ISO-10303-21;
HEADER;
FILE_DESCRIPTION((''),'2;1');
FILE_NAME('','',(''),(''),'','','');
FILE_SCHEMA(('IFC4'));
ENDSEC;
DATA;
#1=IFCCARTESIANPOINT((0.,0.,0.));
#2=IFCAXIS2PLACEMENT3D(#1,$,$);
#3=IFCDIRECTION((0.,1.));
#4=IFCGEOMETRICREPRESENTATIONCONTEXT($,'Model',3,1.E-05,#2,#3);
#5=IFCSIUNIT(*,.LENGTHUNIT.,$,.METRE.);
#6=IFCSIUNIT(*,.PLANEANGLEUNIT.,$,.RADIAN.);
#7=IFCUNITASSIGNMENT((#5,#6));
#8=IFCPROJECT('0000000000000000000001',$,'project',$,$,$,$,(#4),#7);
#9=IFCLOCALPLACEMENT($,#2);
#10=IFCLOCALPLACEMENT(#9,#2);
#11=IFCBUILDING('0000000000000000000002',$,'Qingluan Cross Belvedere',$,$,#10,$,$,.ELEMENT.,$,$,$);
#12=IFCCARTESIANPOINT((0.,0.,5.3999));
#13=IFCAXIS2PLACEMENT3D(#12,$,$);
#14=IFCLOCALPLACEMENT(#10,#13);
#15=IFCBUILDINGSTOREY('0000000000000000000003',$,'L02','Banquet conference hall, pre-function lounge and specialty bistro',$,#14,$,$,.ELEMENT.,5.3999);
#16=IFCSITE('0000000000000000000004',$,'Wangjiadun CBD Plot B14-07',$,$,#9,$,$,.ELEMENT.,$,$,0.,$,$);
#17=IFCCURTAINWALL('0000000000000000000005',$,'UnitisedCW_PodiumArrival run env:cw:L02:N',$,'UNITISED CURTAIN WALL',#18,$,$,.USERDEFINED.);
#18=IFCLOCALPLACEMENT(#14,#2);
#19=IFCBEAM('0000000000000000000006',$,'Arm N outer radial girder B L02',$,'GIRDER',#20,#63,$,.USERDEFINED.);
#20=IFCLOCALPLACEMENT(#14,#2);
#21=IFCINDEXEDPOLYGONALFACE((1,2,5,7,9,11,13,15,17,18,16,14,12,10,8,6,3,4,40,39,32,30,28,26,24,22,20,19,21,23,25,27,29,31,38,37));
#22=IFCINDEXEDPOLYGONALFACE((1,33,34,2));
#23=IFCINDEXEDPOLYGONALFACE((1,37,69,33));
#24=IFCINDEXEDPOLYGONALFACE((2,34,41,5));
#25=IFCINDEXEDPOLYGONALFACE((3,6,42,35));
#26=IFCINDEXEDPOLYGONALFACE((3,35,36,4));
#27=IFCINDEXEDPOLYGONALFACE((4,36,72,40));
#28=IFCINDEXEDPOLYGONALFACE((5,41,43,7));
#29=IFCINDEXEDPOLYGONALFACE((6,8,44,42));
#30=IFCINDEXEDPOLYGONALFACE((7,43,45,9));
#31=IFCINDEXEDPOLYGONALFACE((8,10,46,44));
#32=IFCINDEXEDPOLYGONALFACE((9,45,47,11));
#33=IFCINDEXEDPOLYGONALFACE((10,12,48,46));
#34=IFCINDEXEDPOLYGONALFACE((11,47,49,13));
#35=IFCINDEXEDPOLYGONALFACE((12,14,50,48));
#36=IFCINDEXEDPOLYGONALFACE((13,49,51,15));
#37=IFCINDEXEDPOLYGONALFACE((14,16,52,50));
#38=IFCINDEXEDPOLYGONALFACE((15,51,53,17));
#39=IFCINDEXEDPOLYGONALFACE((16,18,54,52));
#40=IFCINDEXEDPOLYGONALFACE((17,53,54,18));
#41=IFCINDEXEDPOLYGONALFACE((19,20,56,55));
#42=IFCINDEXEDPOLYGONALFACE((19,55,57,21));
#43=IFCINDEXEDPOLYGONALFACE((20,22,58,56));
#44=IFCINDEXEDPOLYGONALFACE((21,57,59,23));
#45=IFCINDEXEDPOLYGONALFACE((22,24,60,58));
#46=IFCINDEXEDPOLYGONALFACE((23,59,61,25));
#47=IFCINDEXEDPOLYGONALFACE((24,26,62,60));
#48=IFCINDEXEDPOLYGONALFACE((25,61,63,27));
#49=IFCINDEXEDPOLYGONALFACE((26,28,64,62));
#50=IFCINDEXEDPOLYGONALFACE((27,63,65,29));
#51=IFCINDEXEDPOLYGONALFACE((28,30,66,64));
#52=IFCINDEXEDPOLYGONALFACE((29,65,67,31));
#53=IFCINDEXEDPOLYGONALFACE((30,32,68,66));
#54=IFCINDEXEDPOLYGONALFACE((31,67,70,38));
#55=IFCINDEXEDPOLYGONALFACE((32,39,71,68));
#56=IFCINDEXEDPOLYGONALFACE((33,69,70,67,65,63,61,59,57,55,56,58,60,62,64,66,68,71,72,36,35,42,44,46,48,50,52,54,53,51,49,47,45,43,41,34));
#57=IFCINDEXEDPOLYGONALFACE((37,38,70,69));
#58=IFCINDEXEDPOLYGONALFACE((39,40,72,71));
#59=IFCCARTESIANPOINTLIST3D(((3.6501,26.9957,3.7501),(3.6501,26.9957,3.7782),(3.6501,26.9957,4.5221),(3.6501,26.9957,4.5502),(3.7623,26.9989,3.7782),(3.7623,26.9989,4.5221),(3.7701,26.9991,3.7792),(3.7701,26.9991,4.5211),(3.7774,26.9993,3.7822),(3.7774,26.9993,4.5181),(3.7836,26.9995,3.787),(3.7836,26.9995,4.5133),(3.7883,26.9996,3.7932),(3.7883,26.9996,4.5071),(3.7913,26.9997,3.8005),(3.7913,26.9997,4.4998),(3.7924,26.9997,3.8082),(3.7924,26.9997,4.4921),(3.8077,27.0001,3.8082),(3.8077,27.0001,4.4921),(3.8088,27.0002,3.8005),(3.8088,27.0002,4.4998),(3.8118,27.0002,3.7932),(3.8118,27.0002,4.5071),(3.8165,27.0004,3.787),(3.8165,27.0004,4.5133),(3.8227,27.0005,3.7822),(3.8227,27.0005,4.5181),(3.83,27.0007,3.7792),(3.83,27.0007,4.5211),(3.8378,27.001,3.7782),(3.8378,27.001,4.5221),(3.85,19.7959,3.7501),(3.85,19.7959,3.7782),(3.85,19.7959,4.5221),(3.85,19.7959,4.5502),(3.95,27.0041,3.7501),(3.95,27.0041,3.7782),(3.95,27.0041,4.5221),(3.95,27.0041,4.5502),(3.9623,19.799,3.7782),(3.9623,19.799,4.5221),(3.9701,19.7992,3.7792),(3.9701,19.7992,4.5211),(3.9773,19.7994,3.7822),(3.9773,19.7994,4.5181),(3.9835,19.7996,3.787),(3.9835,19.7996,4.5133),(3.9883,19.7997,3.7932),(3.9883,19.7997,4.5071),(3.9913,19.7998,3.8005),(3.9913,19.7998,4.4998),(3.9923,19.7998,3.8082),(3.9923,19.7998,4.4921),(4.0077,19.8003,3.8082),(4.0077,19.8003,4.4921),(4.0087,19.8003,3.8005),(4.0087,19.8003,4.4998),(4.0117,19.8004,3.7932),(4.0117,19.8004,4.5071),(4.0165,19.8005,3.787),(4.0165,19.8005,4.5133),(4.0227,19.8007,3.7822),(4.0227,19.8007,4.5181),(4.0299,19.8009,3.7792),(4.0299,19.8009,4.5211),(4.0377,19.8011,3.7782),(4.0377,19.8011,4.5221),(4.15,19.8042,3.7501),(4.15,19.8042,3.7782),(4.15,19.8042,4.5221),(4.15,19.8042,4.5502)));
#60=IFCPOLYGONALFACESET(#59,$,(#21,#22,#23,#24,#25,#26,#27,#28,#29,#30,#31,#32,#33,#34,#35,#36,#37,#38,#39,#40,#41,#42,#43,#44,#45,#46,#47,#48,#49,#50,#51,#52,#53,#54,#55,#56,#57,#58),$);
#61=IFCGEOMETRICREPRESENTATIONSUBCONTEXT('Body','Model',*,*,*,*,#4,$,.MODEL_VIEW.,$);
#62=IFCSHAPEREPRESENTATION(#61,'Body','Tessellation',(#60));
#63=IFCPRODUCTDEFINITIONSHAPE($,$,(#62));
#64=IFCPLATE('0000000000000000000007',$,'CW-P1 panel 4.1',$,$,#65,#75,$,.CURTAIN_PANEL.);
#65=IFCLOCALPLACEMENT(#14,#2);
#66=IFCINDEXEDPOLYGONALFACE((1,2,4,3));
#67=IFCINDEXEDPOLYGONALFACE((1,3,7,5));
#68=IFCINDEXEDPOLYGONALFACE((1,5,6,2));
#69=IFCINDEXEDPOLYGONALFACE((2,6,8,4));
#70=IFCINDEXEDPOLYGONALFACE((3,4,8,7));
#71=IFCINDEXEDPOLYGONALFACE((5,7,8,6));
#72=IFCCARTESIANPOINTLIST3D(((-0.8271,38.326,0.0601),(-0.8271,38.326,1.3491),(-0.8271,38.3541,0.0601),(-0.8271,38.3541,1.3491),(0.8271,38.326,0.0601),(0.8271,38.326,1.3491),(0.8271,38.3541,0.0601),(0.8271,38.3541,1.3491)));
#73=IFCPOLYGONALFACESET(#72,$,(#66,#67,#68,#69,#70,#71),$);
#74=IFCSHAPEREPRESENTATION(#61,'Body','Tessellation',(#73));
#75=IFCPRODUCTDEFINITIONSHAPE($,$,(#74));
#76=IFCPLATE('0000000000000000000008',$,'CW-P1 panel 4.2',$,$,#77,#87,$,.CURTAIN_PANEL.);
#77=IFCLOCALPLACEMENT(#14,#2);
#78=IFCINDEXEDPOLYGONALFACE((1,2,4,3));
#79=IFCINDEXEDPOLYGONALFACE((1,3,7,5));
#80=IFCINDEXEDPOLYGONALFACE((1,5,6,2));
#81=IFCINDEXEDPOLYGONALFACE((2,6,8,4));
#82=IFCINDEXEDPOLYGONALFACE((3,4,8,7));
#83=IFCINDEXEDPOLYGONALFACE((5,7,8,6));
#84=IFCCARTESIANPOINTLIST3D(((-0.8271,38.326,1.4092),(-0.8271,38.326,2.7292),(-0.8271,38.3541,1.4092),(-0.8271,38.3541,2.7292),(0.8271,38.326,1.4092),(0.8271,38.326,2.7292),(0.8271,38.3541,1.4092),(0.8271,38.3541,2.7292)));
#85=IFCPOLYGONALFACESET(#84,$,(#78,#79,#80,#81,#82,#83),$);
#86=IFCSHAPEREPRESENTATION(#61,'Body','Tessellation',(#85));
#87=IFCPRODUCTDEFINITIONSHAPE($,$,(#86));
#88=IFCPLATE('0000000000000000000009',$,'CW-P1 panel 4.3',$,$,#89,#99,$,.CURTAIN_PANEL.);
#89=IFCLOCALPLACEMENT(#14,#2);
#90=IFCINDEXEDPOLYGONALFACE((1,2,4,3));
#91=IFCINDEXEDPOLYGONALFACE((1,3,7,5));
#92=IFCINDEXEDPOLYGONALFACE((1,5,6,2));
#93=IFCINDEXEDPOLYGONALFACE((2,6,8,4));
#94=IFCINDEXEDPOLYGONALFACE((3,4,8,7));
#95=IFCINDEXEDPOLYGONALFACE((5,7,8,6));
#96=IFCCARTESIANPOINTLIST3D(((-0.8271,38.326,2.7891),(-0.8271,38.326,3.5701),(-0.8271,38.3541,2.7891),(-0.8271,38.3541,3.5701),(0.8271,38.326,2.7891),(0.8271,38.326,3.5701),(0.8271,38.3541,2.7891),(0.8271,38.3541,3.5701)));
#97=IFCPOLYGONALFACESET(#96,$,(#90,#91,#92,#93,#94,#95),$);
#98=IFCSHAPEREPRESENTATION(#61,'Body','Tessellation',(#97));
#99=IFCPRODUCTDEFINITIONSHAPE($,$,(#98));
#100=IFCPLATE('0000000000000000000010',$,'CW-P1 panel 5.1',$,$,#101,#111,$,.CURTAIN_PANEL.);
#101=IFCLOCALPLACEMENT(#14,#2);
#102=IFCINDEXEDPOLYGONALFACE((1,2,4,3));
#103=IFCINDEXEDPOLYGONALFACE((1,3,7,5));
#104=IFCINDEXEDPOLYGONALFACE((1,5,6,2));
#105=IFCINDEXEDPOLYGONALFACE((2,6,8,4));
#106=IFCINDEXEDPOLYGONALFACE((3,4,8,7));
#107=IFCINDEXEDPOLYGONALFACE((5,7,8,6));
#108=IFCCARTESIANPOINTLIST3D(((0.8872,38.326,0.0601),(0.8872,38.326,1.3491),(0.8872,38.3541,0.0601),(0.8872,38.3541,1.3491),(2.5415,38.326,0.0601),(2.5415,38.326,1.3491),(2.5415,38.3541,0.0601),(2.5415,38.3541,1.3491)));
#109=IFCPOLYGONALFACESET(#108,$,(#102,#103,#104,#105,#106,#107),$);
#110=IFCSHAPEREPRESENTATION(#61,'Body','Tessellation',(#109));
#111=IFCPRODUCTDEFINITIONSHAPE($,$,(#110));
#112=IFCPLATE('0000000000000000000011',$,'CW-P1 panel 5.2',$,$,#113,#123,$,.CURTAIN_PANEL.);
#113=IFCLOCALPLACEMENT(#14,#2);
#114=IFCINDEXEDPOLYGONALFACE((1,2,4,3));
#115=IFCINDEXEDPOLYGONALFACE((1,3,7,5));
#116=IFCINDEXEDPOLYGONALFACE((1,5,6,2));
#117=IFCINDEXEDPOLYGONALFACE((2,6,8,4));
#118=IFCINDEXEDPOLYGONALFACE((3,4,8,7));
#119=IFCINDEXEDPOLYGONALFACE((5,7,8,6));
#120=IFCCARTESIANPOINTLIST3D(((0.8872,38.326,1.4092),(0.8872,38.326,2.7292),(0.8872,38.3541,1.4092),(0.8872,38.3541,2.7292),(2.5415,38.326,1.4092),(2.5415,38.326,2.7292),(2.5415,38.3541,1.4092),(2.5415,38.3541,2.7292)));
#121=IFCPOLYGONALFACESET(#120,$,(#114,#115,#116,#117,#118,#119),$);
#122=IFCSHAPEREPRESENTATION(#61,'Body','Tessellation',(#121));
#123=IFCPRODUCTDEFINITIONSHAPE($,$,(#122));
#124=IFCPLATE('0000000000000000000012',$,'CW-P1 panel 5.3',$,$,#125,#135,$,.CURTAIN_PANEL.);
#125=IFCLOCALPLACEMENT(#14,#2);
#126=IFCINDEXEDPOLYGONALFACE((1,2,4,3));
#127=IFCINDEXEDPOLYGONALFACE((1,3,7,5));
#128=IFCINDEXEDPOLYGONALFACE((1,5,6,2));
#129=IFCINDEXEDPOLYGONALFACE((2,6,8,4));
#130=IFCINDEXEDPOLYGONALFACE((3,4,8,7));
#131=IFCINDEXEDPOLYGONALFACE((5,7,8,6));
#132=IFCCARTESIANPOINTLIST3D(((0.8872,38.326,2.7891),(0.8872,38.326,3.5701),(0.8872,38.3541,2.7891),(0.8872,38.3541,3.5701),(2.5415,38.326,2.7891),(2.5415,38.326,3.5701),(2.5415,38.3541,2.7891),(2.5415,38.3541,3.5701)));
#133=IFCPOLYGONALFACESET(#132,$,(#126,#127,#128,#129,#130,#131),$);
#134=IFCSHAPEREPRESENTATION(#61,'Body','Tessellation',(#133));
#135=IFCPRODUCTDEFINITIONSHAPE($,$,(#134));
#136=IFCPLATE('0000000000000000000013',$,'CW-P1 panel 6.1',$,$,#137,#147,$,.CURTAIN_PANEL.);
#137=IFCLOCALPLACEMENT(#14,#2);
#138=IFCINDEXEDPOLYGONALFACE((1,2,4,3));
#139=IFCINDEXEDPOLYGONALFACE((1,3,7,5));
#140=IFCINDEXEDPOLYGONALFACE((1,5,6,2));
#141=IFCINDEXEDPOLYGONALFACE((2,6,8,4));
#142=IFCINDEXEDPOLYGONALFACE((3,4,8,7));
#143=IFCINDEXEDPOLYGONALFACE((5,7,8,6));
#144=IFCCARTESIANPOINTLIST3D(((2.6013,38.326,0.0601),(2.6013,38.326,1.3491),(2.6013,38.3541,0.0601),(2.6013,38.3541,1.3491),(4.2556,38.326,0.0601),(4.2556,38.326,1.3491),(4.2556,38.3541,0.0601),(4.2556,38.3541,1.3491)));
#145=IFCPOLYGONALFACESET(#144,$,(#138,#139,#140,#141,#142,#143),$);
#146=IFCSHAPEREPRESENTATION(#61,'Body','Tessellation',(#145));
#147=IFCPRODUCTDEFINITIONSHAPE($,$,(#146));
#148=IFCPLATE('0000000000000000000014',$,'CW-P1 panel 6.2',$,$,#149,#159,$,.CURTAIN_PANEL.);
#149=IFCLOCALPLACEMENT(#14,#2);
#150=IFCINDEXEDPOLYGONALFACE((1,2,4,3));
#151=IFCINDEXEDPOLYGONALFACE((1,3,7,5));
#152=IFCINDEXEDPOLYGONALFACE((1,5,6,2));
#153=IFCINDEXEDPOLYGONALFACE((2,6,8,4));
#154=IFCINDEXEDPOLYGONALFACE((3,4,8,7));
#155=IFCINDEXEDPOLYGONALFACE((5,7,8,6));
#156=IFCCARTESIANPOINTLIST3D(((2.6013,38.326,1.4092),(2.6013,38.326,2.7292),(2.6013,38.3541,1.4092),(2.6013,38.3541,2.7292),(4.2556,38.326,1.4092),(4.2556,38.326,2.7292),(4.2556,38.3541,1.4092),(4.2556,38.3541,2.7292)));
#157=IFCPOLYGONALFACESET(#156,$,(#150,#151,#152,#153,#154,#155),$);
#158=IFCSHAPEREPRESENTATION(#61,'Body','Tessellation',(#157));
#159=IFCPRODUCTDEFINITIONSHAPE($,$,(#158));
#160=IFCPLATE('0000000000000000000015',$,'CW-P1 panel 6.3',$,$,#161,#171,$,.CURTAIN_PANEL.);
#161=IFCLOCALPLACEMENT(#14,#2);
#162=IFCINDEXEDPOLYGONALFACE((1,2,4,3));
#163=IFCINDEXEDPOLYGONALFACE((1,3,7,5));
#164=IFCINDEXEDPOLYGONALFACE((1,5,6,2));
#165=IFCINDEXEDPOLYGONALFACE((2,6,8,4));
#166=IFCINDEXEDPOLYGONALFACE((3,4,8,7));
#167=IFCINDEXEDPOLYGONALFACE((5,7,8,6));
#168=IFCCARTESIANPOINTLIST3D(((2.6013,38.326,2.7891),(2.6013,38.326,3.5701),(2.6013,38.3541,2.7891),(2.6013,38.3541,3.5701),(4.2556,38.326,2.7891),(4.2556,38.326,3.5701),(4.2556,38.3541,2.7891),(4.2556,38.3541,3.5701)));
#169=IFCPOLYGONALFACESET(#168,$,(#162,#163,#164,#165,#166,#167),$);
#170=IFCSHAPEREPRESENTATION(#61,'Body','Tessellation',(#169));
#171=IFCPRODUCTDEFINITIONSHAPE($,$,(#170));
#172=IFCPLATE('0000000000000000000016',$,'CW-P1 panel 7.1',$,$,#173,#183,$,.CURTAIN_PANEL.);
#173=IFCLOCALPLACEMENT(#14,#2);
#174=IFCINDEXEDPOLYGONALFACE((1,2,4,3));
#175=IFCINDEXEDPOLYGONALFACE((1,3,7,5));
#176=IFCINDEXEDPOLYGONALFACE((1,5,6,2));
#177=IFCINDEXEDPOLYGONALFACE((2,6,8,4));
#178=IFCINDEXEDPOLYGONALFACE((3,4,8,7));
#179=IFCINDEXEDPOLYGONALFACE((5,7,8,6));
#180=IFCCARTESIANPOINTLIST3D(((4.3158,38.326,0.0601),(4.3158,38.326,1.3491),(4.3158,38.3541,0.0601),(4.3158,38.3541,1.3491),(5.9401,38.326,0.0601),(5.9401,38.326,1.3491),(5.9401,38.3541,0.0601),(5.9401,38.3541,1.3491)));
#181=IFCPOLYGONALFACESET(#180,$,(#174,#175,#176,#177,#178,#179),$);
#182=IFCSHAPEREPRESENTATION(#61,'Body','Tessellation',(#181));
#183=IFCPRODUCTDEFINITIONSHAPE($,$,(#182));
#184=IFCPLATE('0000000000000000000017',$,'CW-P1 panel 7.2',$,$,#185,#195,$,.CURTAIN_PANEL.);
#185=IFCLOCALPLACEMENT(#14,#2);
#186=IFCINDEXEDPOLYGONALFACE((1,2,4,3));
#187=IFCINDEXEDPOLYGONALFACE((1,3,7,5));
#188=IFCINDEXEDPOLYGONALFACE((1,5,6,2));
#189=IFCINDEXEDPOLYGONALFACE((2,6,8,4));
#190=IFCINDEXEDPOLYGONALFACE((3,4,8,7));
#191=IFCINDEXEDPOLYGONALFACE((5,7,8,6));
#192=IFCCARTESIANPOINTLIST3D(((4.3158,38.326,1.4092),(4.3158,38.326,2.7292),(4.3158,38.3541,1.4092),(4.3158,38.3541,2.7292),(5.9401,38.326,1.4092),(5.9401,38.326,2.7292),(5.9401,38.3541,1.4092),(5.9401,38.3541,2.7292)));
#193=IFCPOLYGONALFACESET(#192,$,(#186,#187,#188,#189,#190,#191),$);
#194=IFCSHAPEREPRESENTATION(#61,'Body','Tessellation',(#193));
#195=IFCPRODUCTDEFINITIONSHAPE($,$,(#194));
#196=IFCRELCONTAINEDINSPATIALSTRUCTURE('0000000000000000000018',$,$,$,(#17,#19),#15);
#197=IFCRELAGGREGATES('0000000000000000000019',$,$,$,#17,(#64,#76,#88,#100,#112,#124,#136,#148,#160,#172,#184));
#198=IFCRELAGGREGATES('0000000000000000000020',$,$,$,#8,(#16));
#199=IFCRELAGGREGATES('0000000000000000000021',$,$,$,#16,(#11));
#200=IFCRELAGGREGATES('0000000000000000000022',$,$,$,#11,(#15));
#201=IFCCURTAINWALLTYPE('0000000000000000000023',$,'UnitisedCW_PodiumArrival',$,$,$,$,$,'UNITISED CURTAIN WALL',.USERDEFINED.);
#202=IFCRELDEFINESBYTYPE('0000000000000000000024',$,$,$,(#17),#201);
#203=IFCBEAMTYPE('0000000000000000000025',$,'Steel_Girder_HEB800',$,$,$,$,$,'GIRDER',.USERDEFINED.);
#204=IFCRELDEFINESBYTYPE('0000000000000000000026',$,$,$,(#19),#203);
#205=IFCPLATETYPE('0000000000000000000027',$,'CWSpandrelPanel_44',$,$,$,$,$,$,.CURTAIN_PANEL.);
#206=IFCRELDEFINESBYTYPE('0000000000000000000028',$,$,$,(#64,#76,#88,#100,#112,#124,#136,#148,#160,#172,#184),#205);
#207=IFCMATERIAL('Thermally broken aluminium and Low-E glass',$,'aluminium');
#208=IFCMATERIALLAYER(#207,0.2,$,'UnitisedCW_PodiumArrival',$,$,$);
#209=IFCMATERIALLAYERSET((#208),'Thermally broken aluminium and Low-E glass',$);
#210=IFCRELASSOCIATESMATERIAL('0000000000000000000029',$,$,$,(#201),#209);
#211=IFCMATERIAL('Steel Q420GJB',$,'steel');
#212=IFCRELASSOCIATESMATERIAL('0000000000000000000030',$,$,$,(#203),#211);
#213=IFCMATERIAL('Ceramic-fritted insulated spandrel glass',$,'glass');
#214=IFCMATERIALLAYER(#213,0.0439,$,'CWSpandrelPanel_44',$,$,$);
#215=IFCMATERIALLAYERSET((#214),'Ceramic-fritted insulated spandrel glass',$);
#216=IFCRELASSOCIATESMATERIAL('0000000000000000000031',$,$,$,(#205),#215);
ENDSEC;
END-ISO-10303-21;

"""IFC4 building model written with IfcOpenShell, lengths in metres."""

from ifc_helpers import new_model, si_unit, direction, frame, origin, origin_2d, place, context, subcontext, project, spatial, rectangle, i_section, extrude, material, layer, layer_set, material_profile, profile_set, type_object, element, aggregate, save


model = new_model("IFC4")

# Units and contexts
model_context = context("Model", 3, precision=1e-05, world=origin(), true_north=direction((0.0, 1.0)))
body_context = subcontext(model_context, "Body", "Model", "MODEL_VIEW")
ifc_project = project(units=[si_unit("LENGTHUNIT", "METRE"), si_unit("PLANEANGLEUNIT", "RADIAN")], contexts=[model_context])

# Site, building, storey
site_placement = place(None, origin())
site = spatial("IfcSite", under=ifc_project, at=site_placement, Name="Wangjiadun CBD Plot B14-07", CompositionType="ELEMENT", RefElevation=0.0)
building_placement = place(site_placement, origin())
building = spatial("IfcBuilding", under=site, at=building_placement, Name="Qingluan Cross Belvedere", CompositionType="ELEMENT")
storey_placement = place(building_placement, frame((0.0, 0.0, 5.3999)))
storey = spatial("IfcBuildingStorey", under=building, at=storey_placement, Name="L02", Description="Banquet conference hall, pre-function lounge and specialty bistro", CompositionType="ELEMENT", Elevation=5.3999)

# Curtain wall
ifc_material_1 = material(Name="Thermally broken aluminium and Low-E glass", Category="aluminium")
ifc_layer_1 = layer(ifc_material_1, 0.2, Name="UnitisedCW_PodiumArrival")
ifc_layer_set_1 = layer_set([ifc_layer_1], Name="Thermally broken aluminium and Low-E glass")
curtain_wall_type = type_object("IfcCurtainWallType", Name="UnitisedCW_PodiumArrival", ElementType="UNITISED CURTAIN WALL", PredefinedType="USERDEFINED", material=ifc_layer_set_1)
curtain_wall_placement = place(storey_placement, origin())
curtain_wall = element("IfcCurtainWall", 1, at=curtain_wall_placement, inside=storey, type_object=curtain_wall_type, Name="UnitisedCW_PodiumArrival run env:cw:L02:N", ObjectType="UNITISED CURTAIN WALL", PredefinedType="USERDEFINED")

# Beam
ifc_material_2 = material(Name="Steel Q420GJB", Category="steel")
ifc_material_profile_1 = material_profile(ifc_material_2, i_section(OverallWidth=0.3, OverallDepth=0.8, WebThickness=0.0154, FlangeThickness=0.0281, FilletRadius=0.03, at=origin_2d()), Name="HEB800")
ifc_profile_set_1 = profile_set([ifc_material_profile_1], Name="Steel Q420GJB")
beam_type = type_object("IfcBeamType", Name="Steel_Girder_HEB800", ElementType="GIRDER", PredefinedType="USERDEFINED", material=ifc_profile_set_1)
beam_1_placement = place(storey_placement, frame((4.0, 19.8, 4.1501), z_axis=(-0.02776, 0.999615, 0.0), x_axis=(-0.999615, -0.02776, 0.0)))
element("IfcBeam", 2, at=beam_1_placement, inside=storey, type_object=beam_type, Name="Arm N outer radial girder B L02", ObjectType="GIRDER", PredefinedType="USERDEFINED", context=body_context, shape_type="SweptSolid", body=[
    extrude(i_section(OverallWidth=0.3, OverallDepth=0.8, WebThickness=0.0154, FlangeThickness=0.0281, FilletRadius=0.03, at=origin_2d()), origin(), (0.0, 0.0, 1.0), 7.2026),
])

# Plates
ifc_material_3 = material(Name="Ceramic-fritted insulated spandrel glass", Category="glass")
ifc_layer_2 = layer(ifc_material_3, 0.0439, Name="CWSpandrelPanel_44")
ifc_layer_set_2 = layer_set([ifc_layer_2], Name="Ceramic-fritted insulated spandrel glass")
plate_type = type_object("IfcPlateType", Name="CWSpandrelPanel_44", PredefinedType="CURTAIN_PANEL", material=ifc_layer_set_2)
plate_1_placement = place(storey_placement, frame((0.0, 38.3401, 0.0601), z_axis=(0.0, 0.0, 1.0), x_axis=(1.0, 0.0, 0.0)))
plate_1 = element("IfcPlate", 3, at=plate_1_placement, type_object=plate_type, Name="CW-P1 panel 4.1", PredefinedType="CURTAIN_PANEL", context=body_context, shape_type="SweptSolid", body=[
    extrude(rectangle(XDim=1.6543, YDim=0.0281, at=origin_2d()), origin(), (0.0, 0.0, 1.0), 1.2891),
])
plate_2_placement = place(storey_placement, frame((0.0, 38.3401, 1.4092), z_axis=(0.0, 0.0, 1.0), x_axis=(1.0, 0.0, 0.0)))
plate_2 = element("IfcPlate", 4, at=plate_2_placement, type_object=plate_type, Name="CW-P1 panel 4.2", PredefinedType="CURTAIN_PANEL", context=body_context, shape_type="SweptSolid", body=[
    extrude(rectangle(XDim=1.6543, YDim=0.0281, at=origin_2d()), origin(), (0.0, 0.0, 1.0), 1.3201),
])
plate_3_placement = place(storey_placement, frame((0.0, 38.3401, 2.7891), z_axis=(0.0, 0.0, 1.0), x_axis=(1.0, 0.0, 0.0)))
plate_3 = element("IfcPlate", 5, at=plate_3_placement, type_object=plate_type, Name="CW-P1 panel 4.3", PredefinedType="CURTAIN_PANEL", context=body_context, shape_type="SweptSolid", body=[
    extrude(rectangle(XDim=1.6543, YDim=0.0281, at=origin_2d()), origin(), (0.0, 0.0, 1.0), 0.781),
])
plate_4_placement = place(storey_placement, frame((1.7144, 38.3401, 0.0601), z_axis=(0.0, 0.0, 1.0), x_axis=(1.0, 0.0, 0.0)))
plate_4 = element("IfcPlate", 6, at=plate_4_placement, type_object=plate_type, Name="CW-P1 panel 5.1", PredefinedType="CURTAIN_PANEL", context=body_context, shape_type="SweptSolid", body=[
    extrude(rectangle(XDim=1.6543, YDim=0.0281, at=origin_2d()), origin(), (0.0, 0.0, 1.0), 1.2891),
])
plate_5_placement = place(storey_placement, frame((1.7144, 38.3401, 1.4092), z_axis=(0.0, 0.0, 1.0), x_axis=(1.0, 0.0, 0.0)))
plate_5 = element("IfcPlate", 7, at=plate_5_placement, type_object=plate_type, Name="CW-P1 panel 5.2", PredefinedType="CURTAIN_PANEL", context=body_context, shape_type="SweptSolid", body=[
    extrude(rectangle(XDim=1.6543, YDim=0.0281, at=origin_2d()), origin(), (0.0, 0.0, 1.0), 1.3201),
])
plate_6_placement = place(storey_placement, frame((1.7144, 38.3401, 2.7891), z_axis=(0.0, 0.0, 1.0), x_axis=(1.0, 0.0, 0.0)))
plate_6 = element("IfcPlate", 8, at=plate_6_placement, type_object=plate_type, Name="CW-P1 panel 5.3", PredefinedType="CURTAIN_PANEL", context=body_context, shape_type="SweptSolid", body=[
    extrude(rectangle(XDim=1.6543, YDim=0.0281, at=origin_2d()), origin(), (0.0, 0.0, 1.0), 0.781),
])
plate_7_placement = place(storey_placement, frame((3.4285, 38.3401, 0.0601), z_axis=(0.0, 0.0, 1.0), x_axis=(1.0, 0.0, 0.0)))
plate_7 = element("IfcPlate", 9, at=plate_7_placement, type_object=plate_type, Name="CW-P1 panel 6.1", PredefinedType="CURTAIN_PANEL", context=body_context, shape_type="SweptSolid", body=[
    extrude(rectangle(XDim=1.6543, YDim=0.0281, at=origin_2d()), origin(), (0.0, 0.0, 1.0), 1.2891),
])
plate_8_placement = place(storey_placement, frame((3.4285, 38.3401, 1.4092), z_axis=(0.0, 0.0, 1.0), x_axis=(1.0, 0.0, 0.0)))
plate_8 = element("IfcPlate", 10, at=plate_8_placement, type_object=plate_type, Name="CW-P1 panel 6.2", PredefinedType="CURTAIN_PANEL", context=body_context, shape_type="SweptSolid", body=[
    extrude(rectangle(XDim=1.6543, YDim=0.0281, at=origin_2d()), origin(), (0.0, 0.0, 1.0), 1.3201),
])
plate_9_placement = place(storey_placement, frame((3.4285, 38.3401, 2.7891), z_axis=(0.0, 0.0, 1.0), x_axis=(1.0, 0.0, 0.0)))
plate_9 = element("IfcPlate", 11, at=plate_9_placement, type_object=plate_type, Name="CW-P1 panel 6.3", PredefinedType="CURTAIN_PANEL", context=body_context, shape_type="SweptSolid", body=[
    extrude(rectangle(XDim=1.6543, YDim=0.0281, at=origin_2d()), origin(), (0.0, 0.0, 1.0), 0.781),
])
plate_10_placement = place(storey_placement, frame((5.1279, 38.3401, 0.0601), z_axis=(0.0, 0.0, 1.0), x_axis=(1.0, 0.0, 0.0)))
plate_10 = element("IfcPlate", 12, at=plate_10_placement, type_object=plate_type, Name="CW-P1 panel 7.1", PredefinedType="CURTAIN_PANEL", context=body_context, shape_type="SweptSolid", body=[
    extrude(rectangle(XDim=1.6243, YDim=0.0281, at=origin_2d()), origin(), (0.0, 0.0, 1.0), 1.2891),
])
plate_11_placement = place(storey_placement, frame((5.1279, 38.3401, 1.4092), z_axis=(0.0, 0.0, 1.0), x_axis=(1.0, 0.0, 0.0)))
plate_11 = element("IfcPlate", 13, at=plate_11_placement, type_object=plate_type, Name="CW-P1 panel 7.2", PredefinedType="CURTAIN_PANEL", context=body_context, shape_type="SweptSolid", body=[
    extrude(rectangle(XDim=1.6243, YDim=0.0281, at=origin_2d()), origin(), (0.0, 0.0, 1.0), 1.3201),
])
aggregate(curtain_wall, [plate_1, plate_2, plate_3, plate_4, plate_5, plate_6, plate_7, plate_8, plate_9, plate_10, plate_11])

save(model, "model.ifc")
